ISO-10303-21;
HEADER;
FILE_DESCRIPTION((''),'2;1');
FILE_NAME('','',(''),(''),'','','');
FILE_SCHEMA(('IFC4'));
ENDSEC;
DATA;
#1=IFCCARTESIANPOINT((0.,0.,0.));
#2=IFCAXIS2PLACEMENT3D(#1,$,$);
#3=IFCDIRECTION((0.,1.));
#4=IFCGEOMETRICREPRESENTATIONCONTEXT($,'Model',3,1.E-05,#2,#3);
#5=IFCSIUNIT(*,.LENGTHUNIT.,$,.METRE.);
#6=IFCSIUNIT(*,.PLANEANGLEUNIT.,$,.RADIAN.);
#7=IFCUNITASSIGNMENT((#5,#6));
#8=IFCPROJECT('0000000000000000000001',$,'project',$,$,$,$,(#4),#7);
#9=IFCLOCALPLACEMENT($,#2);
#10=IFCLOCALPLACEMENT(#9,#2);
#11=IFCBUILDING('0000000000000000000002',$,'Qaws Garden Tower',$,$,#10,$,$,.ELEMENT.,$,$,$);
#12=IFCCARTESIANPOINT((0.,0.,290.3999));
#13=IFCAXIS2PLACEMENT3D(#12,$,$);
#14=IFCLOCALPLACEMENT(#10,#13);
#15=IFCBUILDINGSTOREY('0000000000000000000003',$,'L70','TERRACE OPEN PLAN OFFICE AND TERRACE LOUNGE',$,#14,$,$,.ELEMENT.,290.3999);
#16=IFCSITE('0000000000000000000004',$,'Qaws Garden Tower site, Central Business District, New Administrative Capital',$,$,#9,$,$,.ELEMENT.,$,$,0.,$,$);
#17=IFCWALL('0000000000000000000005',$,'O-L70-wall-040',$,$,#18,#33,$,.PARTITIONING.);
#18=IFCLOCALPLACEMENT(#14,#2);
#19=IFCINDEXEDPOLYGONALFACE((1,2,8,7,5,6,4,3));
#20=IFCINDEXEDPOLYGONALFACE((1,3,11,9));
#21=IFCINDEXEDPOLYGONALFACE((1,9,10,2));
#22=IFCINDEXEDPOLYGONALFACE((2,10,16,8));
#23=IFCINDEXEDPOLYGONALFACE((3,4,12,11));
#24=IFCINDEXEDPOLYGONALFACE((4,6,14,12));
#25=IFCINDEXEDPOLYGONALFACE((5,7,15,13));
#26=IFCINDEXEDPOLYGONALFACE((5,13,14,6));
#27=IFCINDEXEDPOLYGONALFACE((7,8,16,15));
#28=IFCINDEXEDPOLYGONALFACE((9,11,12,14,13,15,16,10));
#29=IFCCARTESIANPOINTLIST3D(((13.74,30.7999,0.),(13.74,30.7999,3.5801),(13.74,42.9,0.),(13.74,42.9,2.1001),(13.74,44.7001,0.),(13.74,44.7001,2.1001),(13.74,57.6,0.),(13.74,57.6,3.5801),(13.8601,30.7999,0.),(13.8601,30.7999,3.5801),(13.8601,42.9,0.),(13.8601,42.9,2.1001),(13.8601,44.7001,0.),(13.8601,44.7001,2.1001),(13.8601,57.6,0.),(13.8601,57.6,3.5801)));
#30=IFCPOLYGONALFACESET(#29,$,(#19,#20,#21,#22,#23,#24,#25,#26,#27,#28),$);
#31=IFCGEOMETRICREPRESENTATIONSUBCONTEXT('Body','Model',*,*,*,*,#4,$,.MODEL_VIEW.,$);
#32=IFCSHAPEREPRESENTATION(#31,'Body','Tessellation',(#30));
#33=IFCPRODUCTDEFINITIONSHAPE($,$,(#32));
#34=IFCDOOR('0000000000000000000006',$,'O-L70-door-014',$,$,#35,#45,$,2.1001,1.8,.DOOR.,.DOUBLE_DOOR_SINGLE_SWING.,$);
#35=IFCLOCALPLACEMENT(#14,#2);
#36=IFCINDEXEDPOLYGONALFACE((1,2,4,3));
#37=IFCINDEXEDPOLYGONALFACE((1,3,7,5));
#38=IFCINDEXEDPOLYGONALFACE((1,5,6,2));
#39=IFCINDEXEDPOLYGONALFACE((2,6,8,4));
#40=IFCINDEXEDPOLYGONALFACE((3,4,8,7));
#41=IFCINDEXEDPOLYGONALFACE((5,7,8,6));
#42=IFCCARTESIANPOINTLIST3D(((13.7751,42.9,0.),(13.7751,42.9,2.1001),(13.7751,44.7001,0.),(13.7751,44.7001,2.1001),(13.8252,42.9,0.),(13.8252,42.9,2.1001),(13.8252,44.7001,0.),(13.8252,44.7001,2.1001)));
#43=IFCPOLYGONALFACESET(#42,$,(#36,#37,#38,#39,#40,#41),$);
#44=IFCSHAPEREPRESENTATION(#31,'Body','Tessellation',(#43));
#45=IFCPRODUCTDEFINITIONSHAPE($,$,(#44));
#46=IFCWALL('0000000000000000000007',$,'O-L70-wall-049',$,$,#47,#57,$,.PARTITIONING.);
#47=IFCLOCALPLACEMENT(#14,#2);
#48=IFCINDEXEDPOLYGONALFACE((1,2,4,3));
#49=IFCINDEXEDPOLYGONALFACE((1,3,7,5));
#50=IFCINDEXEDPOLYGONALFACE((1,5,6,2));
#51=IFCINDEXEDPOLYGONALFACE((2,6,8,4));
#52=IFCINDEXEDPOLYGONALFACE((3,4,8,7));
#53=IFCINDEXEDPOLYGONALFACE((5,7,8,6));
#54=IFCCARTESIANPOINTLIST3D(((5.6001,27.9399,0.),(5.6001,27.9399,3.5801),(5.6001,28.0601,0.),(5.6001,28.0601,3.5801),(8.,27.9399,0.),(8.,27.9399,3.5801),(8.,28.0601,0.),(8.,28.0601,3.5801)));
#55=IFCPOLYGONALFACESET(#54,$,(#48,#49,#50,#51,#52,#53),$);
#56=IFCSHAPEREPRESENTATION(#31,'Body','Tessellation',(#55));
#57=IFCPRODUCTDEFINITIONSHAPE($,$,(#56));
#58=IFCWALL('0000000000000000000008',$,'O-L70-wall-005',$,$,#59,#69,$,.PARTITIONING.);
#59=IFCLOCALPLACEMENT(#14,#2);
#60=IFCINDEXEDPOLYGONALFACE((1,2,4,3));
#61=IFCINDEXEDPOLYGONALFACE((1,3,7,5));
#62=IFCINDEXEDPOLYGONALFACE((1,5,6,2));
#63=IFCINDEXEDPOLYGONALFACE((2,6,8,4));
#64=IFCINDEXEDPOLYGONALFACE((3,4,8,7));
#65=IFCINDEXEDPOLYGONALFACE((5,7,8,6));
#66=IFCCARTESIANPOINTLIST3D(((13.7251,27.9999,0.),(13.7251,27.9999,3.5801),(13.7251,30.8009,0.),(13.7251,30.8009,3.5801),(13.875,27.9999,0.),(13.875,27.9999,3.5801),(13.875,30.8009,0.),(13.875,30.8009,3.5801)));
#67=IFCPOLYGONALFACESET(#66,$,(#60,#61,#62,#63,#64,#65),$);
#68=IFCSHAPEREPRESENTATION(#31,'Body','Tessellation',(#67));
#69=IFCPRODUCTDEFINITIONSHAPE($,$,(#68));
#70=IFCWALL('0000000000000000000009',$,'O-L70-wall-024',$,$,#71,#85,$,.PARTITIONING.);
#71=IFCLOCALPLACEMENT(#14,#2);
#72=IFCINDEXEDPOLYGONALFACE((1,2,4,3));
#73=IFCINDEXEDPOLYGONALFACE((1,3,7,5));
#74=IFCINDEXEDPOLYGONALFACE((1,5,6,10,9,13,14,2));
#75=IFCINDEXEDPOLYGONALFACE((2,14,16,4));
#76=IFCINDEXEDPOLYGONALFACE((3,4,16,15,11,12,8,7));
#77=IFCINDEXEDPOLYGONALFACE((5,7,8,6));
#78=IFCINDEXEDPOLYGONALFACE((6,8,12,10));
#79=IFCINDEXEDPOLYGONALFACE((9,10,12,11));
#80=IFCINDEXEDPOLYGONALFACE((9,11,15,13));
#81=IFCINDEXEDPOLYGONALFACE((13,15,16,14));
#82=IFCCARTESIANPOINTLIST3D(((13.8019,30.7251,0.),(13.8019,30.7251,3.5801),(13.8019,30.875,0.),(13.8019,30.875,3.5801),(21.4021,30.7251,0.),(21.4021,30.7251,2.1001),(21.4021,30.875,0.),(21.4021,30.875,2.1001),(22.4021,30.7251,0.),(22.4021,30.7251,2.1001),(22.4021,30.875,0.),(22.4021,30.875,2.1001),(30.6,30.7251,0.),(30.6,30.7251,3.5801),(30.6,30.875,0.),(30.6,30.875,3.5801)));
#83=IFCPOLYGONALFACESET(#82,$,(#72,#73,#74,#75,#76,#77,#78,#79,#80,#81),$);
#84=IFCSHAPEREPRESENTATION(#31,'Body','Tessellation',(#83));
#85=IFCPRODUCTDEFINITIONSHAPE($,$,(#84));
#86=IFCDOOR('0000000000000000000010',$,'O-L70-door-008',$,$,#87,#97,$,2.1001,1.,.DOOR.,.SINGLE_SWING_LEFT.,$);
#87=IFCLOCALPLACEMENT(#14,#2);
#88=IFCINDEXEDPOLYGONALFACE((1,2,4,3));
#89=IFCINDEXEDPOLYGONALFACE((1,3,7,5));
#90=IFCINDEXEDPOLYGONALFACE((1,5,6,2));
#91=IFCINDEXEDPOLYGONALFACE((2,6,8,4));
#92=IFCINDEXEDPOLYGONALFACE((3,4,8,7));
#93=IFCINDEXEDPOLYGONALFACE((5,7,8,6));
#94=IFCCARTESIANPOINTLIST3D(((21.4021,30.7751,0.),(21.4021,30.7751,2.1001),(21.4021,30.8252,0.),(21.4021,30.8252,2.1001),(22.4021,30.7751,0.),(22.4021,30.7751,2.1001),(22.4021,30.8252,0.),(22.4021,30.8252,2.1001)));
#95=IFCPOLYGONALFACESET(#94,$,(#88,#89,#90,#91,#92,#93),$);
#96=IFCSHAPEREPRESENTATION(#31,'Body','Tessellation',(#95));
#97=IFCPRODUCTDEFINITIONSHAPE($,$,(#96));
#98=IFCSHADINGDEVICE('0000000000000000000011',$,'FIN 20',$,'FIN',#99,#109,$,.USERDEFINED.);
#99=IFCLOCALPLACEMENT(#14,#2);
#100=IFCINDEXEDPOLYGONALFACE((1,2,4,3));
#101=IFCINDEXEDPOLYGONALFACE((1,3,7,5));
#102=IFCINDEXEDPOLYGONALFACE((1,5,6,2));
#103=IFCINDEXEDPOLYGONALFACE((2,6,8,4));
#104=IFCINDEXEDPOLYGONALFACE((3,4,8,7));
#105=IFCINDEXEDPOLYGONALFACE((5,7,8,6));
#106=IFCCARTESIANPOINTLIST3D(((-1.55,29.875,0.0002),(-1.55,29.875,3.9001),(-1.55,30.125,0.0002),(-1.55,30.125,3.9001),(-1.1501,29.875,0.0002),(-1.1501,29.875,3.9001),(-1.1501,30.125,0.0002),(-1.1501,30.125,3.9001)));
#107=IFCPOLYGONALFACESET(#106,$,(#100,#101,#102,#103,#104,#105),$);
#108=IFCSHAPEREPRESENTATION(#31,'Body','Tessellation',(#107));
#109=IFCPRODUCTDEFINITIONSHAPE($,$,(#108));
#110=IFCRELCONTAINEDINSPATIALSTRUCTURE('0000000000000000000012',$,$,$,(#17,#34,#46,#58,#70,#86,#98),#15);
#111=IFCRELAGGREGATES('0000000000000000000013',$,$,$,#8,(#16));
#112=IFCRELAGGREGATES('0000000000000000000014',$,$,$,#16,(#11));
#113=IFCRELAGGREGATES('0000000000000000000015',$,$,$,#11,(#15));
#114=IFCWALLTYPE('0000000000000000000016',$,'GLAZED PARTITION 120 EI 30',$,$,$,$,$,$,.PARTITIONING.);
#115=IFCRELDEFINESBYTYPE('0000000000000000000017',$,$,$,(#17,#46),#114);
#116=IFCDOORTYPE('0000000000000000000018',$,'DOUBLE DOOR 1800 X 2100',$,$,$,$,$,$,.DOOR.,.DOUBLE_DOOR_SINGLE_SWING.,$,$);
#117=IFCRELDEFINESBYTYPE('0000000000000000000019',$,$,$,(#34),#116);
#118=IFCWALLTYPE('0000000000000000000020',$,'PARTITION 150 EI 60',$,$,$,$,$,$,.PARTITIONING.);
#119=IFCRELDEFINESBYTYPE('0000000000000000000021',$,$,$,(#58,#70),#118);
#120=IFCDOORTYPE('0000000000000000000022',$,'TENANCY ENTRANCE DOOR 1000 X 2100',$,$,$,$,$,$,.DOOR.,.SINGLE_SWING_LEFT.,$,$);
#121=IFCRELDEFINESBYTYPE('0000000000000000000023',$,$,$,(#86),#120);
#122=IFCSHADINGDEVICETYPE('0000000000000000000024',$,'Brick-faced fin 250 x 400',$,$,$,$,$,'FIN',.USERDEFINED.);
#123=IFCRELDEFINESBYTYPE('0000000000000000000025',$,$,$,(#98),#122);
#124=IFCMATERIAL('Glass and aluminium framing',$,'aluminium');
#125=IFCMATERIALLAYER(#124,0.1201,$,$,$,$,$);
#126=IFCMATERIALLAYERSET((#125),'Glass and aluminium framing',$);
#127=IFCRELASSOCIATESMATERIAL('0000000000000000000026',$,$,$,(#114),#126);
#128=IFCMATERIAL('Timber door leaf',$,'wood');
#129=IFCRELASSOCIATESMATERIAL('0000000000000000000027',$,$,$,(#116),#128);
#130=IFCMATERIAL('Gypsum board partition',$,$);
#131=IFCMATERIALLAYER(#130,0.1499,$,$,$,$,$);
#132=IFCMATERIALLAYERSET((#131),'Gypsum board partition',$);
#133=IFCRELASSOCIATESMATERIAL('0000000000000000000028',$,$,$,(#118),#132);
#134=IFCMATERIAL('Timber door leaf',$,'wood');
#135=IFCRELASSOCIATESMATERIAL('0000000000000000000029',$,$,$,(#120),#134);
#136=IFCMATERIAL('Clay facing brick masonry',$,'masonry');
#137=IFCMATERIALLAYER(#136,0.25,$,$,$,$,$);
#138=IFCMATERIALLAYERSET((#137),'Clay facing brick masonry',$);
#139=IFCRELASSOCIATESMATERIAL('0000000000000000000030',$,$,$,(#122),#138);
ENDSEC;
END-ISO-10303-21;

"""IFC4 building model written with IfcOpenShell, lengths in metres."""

from ifc_helpers import new_model, si_unit, direction, frame, frame_2d, origin, origin_2d, place, context, subcontext, project, spatial, rectangle, extrude, material, layer, layer_set, type_object, element, fill, save


model = new_model("IFC4")

# Units and contexts
model_context = context("Model", 3, precision=1e-05, world=origin(), true_north=direction((0.0, 1.0)))
body_context = subcontext(model_context, "Body", "Model", "MODEL_VIEW")
ifc_project = project(units=[si_unit("LENGTHUNIT", "METRE"), si_unit("PLANEANGLEUNIT", "RADIAN")], contexts=[model_context])

# Site, building, storey
site_placement = place(None, origin())
site = spatial("IfcSite", under=ifc_project, at=site_placement, Name="Qaws Garden Tower site, Central Business District, New Administrative Capital", CompositionType="ELEMENT", RefElevation=0.0)
building_placement = place(site_placement, origin())
building = spatial("IfcBuilding", under=site, at=building_placement, Name="Qaws Garden Tower", CompositionType="ELEMENT")
storey_placement = place(building_placement, frame((0.0, 0.0, 290.3999)))
storey = spatial("IfcBuildingStorey", under=building, at=storey_placement, Name="L70", Description="TERRACE OPEN PLAN OFFICE AND TERRACE LOUNGE", CompositionType="ELEMENT", Elevation=290.3999)

# Wall, opening, door
ifc_material_1 = material(Name="Glass and aluminium framing", Category="aluminium")
ifc_layer_1 = layer(ifc_material_1, 0.1201)
ifc_layer_set_1 = layer_set([ifc_layer_1], Name="Glass and aluminium framing")
wall_type_1 = type_object("IfcWallType", Name="GLAZED PARTITION 120 EI 30", PredefinedType="PARTITIONING", material=ifc_layer_set_1)
wall_1_placement = place(storey_placement, frame((13.8, 30.8, 0.0), z_axis=(0.0, 0.0, 1.0), x_axis=(0.0, 1.0, 0.0)))
wall_1 = element("IfcWall", 1, at=wall_1_placement, inside=storey, type_object=wall_type_1, Name="O-L70-wall-040", PredefinedType="PARTITIONING", context=body_context, shape_type="SweptSolid", body=[
    extrude(rectangle(XDim=26.8, YDim=0.1201, at=frame_2d((13.3999, 0.0))), origin(), (0.0, 0.0, 1.0), 3.5801),
])
opening_1_placement = place(wall_1_placement, frame((12.1001, 0.0, 0.0)))
opening_1 = element("IfcOpeningElement", 2, at=opening_1_placement, cuts=wall_1, PredefinedType="OPENING", context=body_context, shape_type="SweptSolid", body=[
    extrude(rectangle(XDim=1.8, YDim=2.1001, at=frame_2d((0.8999, 1.05))), frame((0.0, 0.0701, 0.0), z_axis=(0.0, -1.0, 0.0), x_axis=(1.0, 0.0, 0.0)), (0.0, 0.0, 1.0), 0.1401),
])
ifc_material_2 = material(Name="Timber door leaf", Category="wood")
door_type_1 = type_object("IfcDoorType", Name="DOUBLE DOOR 1800 X 2100", OperationType="DOUBLE_DOOR_SINGLE_SWING", PredefinedType="DOOR", material=ifc_material_2)
door_1_placement = place(opening_1_placement, origin())
door_1 = element("IfcDoor", 3, at=door_1_placement, inside=storey, type_object=door_type_1, Name="O-L70-door-014", OperationType="DOUBLE_DOOR_SINGLE_SWING", OverallHeight=2.1001, OverallWidth=1.8, PredefinedType="DOOR", context=body_context, shape_type="SweptSolid", body=[
    extrude(rectangle(XDim=1.8, YDim=2.1001, at=frame_2d((0.8999, 1.05))), frame((0.0, 0.0249, 0.0), z_axis=(0.0, -1.0, 0.0), x_axis=(1.0, 0.0, 0.0)), (0.0, 0.0, 1.0), 0.05),
])
fill(opening_1, door_1)

# Walls
wall_2_placement = place(storey_placement, frame((5.6001, 28.0, 0.0), z_axis=(0.0, 0.0, 1.0), x_axis=(1.0, 0.0, 0.0)))
element("IfcWall", 4, at=wall_2_placement, inside=storey, type_object=wall_type_1, Name="O-L70-wall-049", PredefinedType="PARTITIONING", context=body_context, shape_type="SweptSolid", body=[
    extrude(rectangle(XDim=2.3999, YDim=0.1201, at=frame_2d((1.2, 0.0))), origin(), (0.0, 0.0, 1.0), 3.5801),
])
ifc_material_3 = material(Name="Gypsum board partition")
ifc_layer_2 = layer(ifc_material_3, 0.1499)
ifc_layer_set_2 = layer_set([ifc_layer_2], Name="Gypsum board partition")
wall_type_2 = type_object("IfcWallType", Name="PARTITION 150 EI 60", PredefinedType="PARTITIONING", material=ifc_layer_set_2)
wall_3_placement = place(storey_placement, frame((13.8, 28.0, 0.0), z_axis=(0.0, 0.0, 1.0), x_axis=(0.0, 1.0, 0.0)))
element("IfcWall", 5, at=wall_3_placement, inside=storey, type_object=wall_type_2, Name="O-L70-wall-005", PredefinedType="PARTITIONING", context=body_context, shape_type="SweptSolid", body=[
    extrude(rectangle(XDim=2.801, YDim=0.1499, at=frame_2d((1.4004, 0.0))), origin(), (0.0, 0.0, 1.0), 3.5801),
])

# Wall, opening, door
wall_4_placement = place(storey_placement, frame((13.802, 30.8, 0.0), z_axis=(0.0, 0.0, 1.0), x_axis=(1.0, 0.0, 0.0)))
wall_4 = element("IfcWall", 6, at=wall_4_placement, inside=storey, type_object=wall_type_2, Name="O-L70-wall-024", PredefinedType="PARTITIONING", context=body_context, shape_type="SweptSolid", body=[
    extrude(rectangle(XDim=16.7981, YDim=0.1499, at=frame_2d((8.3989, 0.0))), origin(), (0.0, 0.0, 1.0), 3.5801),
])
opening_2_placement = place(wall_4_placement, frame((7.6001, 0.0, 0.0)))
opening_2 = element("IfcOpeningElement", 7, at=opening_2_placement, cuts=wall_4, PredefinedType="OPENING", context=body_context, shape_type="SweptSolid", body=[
    extrude(rectangle(XDim=1.0, YDim=2.1001, at=frame_2d((0.5, 1.05))), frame((0.0, 0.085, 0.0), z_axis=(0.0, -1.0, 0.0), x_axis=(1.0, 0.0, 0.0)), (0.0, 0.0, 1.0), 0.1699),
])
ifc_material_4 = material(Name="Timber door leaf", Category="wood")
door_type_2 = type_object("IfcDoorType", Name="TENANCY ENTRANCE DOOR 1000 X 2100", OperationType="SINGLE_SWING_LEFT", PredefinedType="DOOR", material=ifc_material_4)
door_2_placement = place(opening_2_placement, frame((1.0, 0.0, 0.0), z_axis=(0.0, 0.0, 1.0), x_axis=(-1.0, 0.0, 0.0)))
door_2 = element("IfcDoor", 8, at=door_2_placement, inside=storey, type_object=door_type_2, Name="O-L70-door-008", OperationType="SINGLE_SWING_LEFT", OverallHeight=2.1001, OverallWidth=1.0, PredefinedType="DOOR", context=body_context, shape_type="SweptSolid", body=[
    extrude(rectangle(XDim=1.0, YDim=2.1001, at=frame_2d((0.5, 1.05))), frame((0.0, 0.0249, 0.0), z_axis=(0.0, -1.0, 0.0), x_axis=(1.0, 0.0, 0.0)), (0.0, 0.0, 1.0), 0.05),
])
fill(opening_2, door_2)

# Shading device
ifc_material_5 = material(Name="Clay facing brick masonry", Category="masonry")
ifc_layer_3 = layer(ifc_material_5, 0.25)
ifc_layer_set_3 = layer_set([ifc_layer_3], Name="Clay facing brick masonry")
shading_device_type = type_object("IfcShadingDeviceType", Name="Brick-faced fin 250 x 400", ElementType="FIN", PredefinedType="USERDEFINED", material=ifc_layer_set_3)
shading_device_placement = place(storey_placement, frame((-1.3501, 30.0, 0.0002), z_axis=(0.0, 0.0, 1.0), x_axis=(0.0, -1.0, 0.0)))
element("IfcShadingDevice", 9, at=shading_device_placement, inside=storey, type_object=shading_device_type, Name="FIN 20", ObjectType="FIN", PredefinedType="USERDEFINED", context=body_context, shape_type="SweptSolid", body=[
    extrude(rectangle(XDim=0.25, YDim=0.3999, at=origin_2d()), origin(), (0.0, 0.0, 1.0), 3.8999),
])

save(model, "model.ifc")
